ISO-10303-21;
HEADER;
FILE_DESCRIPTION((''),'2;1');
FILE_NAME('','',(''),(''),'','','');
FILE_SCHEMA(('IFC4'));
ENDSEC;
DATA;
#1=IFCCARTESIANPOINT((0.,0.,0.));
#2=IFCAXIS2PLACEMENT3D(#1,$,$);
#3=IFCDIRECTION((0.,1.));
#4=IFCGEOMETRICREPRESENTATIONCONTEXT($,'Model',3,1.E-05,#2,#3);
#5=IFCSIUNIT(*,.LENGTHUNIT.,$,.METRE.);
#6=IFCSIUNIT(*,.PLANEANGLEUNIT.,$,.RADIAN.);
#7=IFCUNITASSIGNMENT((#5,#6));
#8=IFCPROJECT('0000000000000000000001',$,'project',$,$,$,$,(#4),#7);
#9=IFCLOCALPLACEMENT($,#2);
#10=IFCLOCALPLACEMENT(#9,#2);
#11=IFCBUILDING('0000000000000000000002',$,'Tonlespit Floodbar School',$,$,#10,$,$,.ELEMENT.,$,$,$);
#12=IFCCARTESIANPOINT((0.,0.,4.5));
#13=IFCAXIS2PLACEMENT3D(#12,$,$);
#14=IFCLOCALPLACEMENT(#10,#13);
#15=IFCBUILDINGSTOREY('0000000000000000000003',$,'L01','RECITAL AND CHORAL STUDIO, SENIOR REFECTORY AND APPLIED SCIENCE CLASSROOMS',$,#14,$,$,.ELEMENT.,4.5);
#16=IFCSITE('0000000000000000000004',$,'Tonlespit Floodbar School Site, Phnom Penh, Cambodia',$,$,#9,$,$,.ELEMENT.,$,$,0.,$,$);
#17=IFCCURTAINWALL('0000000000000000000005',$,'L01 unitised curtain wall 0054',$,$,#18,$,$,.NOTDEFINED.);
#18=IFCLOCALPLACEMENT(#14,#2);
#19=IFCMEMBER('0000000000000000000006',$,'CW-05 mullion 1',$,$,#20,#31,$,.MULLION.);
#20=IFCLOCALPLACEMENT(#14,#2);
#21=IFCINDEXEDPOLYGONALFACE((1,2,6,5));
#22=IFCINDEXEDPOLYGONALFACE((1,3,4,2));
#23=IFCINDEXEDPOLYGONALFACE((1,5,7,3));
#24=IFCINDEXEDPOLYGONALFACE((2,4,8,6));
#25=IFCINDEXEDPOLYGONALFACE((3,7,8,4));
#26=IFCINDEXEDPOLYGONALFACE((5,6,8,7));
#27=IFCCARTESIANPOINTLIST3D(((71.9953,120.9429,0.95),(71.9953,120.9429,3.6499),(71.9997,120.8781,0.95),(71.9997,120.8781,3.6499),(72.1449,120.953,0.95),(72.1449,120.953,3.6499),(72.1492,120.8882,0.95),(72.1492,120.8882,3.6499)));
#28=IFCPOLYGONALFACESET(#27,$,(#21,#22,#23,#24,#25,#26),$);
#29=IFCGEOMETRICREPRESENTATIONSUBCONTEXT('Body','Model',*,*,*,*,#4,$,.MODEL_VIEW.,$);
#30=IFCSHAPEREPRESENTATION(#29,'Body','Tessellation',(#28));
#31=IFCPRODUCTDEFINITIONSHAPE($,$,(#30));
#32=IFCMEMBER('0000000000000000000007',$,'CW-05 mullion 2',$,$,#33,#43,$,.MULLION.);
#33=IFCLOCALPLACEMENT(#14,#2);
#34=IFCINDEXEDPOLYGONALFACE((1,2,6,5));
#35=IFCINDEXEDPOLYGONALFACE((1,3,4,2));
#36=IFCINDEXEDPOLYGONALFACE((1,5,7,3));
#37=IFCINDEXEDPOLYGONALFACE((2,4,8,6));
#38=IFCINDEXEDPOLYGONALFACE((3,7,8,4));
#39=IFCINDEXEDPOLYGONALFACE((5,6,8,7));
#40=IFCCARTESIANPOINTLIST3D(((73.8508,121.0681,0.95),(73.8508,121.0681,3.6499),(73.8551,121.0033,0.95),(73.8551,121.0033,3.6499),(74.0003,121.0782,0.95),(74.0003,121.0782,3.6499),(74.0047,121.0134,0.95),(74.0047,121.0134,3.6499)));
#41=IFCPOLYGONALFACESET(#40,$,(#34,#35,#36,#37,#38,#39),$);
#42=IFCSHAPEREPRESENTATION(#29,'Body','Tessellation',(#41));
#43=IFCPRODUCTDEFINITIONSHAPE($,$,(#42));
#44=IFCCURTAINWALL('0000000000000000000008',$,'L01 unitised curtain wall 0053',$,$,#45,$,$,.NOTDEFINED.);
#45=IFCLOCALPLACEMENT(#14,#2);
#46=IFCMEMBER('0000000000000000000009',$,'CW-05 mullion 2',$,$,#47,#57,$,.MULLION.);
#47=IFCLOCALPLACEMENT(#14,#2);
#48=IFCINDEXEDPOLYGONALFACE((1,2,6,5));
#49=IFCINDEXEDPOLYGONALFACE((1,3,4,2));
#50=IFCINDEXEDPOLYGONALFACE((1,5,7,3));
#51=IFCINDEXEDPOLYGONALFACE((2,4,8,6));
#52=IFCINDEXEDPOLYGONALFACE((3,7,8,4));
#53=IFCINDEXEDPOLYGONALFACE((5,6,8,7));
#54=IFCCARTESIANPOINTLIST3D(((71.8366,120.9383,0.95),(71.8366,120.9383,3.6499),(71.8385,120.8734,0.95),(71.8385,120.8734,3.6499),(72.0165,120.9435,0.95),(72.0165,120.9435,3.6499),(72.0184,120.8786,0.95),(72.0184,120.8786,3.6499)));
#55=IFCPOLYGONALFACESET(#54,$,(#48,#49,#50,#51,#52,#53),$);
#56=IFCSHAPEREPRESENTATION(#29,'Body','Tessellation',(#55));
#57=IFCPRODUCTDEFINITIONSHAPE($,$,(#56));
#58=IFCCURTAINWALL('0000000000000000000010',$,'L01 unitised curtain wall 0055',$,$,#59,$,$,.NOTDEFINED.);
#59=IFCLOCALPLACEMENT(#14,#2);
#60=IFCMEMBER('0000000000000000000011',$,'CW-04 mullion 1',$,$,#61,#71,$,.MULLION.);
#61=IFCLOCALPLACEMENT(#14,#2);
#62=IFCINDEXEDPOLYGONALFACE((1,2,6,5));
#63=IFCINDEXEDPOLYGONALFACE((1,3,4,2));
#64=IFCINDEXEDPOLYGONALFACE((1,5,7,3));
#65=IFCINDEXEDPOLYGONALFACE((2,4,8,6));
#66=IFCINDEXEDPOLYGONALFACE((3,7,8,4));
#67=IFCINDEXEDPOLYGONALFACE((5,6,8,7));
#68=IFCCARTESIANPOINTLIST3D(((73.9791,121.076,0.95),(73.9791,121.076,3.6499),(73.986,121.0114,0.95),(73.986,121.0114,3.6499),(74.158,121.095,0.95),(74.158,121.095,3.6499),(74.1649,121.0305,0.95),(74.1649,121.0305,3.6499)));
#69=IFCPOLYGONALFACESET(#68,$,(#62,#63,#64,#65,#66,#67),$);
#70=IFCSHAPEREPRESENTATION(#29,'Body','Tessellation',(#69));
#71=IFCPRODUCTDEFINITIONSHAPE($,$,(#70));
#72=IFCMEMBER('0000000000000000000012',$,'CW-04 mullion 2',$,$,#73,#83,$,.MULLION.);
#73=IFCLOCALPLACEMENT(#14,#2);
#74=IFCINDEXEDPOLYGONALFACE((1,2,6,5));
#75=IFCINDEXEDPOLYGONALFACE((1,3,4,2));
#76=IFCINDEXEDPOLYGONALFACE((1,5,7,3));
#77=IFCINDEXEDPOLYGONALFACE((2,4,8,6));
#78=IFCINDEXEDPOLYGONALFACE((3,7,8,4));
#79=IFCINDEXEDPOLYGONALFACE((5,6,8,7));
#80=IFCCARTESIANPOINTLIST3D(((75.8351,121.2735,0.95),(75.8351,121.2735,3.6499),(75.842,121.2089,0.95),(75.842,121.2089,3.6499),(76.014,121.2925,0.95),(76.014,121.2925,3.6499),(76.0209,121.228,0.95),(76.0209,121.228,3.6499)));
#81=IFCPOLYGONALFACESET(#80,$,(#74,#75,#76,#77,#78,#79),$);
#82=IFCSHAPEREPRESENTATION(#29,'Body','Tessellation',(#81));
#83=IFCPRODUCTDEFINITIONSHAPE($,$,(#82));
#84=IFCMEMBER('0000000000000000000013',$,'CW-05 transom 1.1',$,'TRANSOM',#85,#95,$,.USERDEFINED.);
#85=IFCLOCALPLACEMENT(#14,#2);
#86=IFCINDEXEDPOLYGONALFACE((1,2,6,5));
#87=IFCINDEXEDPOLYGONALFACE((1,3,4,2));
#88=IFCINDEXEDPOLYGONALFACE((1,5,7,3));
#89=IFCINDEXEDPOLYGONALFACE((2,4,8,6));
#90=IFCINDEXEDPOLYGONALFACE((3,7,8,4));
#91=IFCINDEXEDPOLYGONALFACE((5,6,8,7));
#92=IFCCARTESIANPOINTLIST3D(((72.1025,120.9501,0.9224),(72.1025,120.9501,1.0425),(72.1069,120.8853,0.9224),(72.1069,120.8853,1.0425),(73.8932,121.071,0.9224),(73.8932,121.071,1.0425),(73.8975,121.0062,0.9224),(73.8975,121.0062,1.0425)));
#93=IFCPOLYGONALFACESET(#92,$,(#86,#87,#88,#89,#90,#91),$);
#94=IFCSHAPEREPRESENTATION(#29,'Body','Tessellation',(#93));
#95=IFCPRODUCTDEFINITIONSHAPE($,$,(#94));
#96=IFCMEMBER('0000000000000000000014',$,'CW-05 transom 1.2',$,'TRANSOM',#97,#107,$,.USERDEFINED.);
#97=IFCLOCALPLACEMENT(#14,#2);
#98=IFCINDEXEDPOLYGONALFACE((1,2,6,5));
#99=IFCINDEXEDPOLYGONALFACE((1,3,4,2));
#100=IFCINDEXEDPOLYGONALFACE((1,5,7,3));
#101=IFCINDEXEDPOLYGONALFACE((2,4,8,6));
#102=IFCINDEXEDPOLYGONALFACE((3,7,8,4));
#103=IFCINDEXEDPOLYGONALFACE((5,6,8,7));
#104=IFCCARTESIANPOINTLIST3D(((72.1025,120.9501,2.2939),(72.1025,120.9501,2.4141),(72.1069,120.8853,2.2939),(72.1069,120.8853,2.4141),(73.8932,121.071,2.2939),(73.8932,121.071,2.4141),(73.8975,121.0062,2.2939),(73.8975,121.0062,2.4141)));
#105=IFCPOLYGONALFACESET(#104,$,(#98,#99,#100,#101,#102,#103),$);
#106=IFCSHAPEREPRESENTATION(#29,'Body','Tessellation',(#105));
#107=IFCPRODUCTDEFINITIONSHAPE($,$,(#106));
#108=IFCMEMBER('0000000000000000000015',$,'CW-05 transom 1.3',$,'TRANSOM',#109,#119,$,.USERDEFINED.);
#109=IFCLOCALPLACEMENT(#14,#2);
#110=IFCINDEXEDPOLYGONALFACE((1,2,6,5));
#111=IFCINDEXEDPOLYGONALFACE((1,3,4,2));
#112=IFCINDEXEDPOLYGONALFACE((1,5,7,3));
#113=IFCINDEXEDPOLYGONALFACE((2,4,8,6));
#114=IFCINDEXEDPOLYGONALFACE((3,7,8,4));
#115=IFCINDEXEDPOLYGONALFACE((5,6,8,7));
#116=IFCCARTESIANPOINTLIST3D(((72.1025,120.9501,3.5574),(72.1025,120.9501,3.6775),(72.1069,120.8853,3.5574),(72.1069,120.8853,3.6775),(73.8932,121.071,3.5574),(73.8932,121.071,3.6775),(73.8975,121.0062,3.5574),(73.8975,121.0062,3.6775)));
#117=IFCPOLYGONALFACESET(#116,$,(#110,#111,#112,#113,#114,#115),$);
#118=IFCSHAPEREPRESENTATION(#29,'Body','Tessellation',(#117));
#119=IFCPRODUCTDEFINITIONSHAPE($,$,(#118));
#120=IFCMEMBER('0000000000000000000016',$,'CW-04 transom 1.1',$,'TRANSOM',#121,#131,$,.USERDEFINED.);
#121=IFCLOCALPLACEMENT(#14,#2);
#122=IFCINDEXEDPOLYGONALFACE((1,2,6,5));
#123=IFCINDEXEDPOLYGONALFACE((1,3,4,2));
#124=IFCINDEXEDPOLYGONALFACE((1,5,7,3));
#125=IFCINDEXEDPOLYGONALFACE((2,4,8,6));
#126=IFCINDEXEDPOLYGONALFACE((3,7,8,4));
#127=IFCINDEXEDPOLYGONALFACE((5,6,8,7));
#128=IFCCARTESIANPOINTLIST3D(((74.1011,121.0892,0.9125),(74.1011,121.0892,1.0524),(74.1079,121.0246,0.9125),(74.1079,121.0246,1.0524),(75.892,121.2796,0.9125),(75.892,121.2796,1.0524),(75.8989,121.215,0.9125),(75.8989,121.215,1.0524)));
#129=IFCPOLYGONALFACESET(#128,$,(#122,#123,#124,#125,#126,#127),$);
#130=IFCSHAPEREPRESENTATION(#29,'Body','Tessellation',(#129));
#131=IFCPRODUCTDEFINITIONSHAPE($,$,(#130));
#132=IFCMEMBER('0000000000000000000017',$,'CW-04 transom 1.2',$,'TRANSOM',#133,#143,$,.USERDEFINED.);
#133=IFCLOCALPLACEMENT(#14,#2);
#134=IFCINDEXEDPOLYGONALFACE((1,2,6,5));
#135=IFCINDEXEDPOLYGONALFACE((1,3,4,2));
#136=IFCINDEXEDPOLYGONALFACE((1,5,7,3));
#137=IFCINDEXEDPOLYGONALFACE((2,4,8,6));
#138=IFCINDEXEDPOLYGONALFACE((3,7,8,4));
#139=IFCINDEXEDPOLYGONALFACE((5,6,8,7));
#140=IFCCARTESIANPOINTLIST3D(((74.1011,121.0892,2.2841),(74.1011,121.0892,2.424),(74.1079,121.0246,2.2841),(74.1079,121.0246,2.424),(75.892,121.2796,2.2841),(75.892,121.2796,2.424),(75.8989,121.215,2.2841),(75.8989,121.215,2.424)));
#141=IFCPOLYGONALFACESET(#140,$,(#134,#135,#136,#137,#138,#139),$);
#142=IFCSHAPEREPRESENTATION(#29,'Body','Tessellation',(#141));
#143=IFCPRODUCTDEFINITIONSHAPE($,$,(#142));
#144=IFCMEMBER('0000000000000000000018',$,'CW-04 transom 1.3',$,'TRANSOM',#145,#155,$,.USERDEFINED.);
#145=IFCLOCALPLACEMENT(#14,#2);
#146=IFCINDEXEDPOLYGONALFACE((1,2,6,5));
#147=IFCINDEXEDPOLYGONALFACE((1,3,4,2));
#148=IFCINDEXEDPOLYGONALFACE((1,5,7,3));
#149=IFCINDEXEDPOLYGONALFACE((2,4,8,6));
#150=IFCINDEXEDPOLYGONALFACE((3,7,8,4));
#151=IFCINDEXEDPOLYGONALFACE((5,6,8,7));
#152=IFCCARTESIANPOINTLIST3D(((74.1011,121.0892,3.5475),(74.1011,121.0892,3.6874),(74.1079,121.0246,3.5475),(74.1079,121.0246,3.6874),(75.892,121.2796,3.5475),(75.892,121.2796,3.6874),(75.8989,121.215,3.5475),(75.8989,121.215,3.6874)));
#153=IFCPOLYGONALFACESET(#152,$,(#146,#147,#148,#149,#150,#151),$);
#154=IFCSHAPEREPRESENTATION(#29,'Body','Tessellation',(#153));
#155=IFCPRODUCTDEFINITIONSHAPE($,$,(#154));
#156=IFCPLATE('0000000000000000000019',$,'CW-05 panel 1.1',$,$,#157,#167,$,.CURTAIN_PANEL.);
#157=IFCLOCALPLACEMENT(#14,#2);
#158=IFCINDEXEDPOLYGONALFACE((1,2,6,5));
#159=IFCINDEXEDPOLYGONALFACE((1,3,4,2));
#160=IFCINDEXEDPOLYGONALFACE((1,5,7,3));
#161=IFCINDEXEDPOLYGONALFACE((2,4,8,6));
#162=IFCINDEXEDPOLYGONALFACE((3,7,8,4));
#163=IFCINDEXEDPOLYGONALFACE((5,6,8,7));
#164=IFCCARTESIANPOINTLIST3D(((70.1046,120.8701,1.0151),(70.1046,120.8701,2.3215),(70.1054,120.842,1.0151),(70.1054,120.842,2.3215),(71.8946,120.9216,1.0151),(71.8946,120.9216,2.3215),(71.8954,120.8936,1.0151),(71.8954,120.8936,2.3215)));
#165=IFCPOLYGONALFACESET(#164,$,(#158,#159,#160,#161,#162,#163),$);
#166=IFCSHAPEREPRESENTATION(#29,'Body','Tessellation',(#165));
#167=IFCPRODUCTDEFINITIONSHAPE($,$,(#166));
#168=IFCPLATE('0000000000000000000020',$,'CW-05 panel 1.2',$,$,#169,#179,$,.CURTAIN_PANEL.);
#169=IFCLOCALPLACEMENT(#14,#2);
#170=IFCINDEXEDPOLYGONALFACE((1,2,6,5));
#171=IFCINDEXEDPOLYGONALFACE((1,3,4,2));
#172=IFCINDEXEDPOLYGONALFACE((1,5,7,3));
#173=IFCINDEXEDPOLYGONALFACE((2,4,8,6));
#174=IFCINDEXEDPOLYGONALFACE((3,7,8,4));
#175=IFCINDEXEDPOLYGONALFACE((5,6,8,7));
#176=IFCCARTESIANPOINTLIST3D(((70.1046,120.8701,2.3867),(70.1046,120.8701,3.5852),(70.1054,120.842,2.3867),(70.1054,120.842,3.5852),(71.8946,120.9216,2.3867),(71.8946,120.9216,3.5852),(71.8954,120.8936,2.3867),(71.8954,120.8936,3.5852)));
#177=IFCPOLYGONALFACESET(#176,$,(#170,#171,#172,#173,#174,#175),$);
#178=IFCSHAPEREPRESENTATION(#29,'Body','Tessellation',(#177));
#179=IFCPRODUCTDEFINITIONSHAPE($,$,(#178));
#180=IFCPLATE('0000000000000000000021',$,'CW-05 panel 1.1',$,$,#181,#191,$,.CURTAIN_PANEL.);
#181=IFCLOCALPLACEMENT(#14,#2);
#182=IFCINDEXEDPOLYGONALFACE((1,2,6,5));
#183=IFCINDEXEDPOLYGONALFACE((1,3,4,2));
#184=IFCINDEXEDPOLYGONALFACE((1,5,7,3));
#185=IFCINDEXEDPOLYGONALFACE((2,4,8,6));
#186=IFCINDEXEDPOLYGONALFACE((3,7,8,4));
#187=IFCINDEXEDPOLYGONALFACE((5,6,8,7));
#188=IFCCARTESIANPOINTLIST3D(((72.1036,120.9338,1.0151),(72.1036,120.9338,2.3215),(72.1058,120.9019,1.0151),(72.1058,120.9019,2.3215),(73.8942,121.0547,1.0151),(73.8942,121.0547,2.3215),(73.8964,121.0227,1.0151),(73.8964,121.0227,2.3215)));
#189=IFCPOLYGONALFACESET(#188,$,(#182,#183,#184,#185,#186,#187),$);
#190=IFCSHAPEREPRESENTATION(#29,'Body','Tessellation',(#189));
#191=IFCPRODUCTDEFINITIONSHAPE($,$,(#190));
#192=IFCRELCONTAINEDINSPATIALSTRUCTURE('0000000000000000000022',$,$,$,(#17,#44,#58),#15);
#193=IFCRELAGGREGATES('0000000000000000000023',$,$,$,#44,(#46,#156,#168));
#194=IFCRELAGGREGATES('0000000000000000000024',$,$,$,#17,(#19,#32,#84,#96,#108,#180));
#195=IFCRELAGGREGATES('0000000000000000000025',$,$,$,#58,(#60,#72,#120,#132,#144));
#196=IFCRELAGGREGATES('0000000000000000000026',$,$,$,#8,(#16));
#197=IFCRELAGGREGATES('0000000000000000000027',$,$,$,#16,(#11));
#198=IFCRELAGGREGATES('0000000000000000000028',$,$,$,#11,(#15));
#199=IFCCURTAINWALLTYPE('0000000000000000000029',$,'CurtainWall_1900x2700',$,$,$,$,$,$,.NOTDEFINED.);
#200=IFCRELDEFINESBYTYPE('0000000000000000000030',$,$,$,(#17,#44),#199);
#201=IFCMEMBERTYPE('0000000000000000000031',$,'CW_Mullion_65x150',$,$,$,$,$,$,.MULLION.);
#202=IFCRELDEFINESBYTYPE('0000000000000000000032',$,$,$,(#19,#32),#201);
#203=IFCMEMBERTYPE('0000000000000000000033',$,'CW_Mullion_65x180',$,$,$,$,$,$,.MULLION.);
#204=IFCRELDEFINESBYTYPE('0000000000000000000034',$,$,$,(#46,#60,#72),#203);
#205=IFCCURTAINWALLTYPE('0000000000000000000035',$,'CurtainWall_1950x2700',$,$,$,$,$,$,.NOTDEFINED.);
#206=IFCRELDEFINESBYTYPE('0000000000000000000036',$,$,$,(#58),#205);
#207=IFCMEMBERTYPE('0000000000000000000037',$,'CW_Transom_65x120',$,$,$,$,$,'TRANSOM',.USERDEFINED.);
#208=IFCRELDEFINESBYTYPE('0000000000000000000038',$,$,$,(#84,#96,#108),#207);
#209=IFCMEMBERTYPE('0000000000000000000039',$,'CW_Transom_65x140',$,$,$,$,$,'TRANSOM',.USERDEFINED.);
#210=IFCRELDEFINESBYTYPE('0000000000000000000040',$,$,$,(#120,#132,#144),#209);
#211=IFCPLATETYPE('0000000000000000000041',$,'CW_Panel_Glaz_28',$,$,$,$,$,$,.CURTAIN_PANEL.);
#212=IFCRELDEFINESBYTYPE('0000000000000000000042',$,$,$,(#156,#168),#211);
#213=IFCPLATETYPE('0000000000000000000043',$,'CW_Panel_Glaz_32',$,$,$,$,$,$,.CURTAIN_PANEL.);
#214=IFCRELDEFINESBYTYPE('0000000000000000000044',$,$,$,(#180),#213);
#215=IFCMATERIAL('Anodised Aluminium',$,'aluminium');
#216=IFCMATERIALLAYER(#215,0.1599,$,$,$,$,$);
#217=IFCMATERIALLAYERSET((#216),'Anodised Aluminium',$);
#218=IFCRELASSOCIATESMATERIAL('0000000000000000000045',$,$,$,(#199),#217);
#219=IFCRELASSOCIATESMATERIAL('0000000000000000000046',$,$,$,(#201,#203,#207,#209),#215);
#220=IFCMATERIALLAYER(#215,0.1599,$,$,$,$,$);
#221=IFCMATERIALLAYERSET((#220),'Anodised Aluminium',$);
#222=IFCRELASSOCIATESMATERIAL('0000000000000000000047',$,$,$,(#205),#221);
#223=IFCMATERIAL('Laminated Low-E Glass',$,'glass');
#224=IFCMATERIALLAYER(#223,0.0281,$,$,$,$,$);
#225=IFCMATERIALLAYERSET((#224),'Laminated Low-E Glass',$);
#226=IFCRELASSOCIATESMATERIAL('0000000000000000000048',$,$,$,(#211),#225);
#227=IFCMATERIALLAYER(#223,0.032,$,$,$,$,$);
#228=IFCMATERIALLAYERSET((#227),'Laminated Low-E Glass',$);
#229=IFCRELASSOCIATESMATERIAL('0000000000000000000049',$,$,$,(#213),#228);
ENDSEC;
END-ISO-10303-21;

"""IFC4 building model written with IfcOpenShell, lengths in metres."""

from ifc_helpers import new_model, si_unit, direction, frame, origin, origin_2d, place, context, subcontext, project, spatial, rectangle, extrude, material, layer, layer_set, material_profile, profile_set, type_object, element, aggregate, save


model = new_model("IFC4")

# Units and contexts
model_context = context("Model", 3, precision=1e-05, world=origin(), true_north=direction((0.0, 1.0)))
body_context = subcontext(model_context, "Body", "Model", "MODEL_VIEW")
ifc_project = project(units=[si_unit("LENGTHUNIT", "METRE"), si_unit("PLANEANGLEUNIT", "RADIAN")], contexts=[model_context])

# Site, building, storey
site_placement = place(None, origin())
site = spatial("IfcSite", under=ifc_project, at=site_placement, Name="Tonlespit Floodbar School Site, Phnom Penh, Cambodia", CompositionType="ELEMENT", RefElevation=0.0)
building_placement = place(site_placement, origin())
building = spatial("IfcBuilding", under=site, at=building_placement, Name="Tonlespit Floodbar School", CompositionType="ELEMENT")
storey_placement = place(building_placement, frame((0.0, 0.0, 4.5)))
storey = spatial("IfcBuildingStorey", under=building, at=storey_placement, Name="L01", Description="RECITAL AND CHORAL STUDIO, SENIOR REFECTORY AND APPLIED SCIENCE CLASSROOMS", CompositionType="ELEMENT", Elevation=4.5)

# Curtain wall, members
ifc_material_1 = material(Name="Anodised Aluminium", Category="aluminium")
ifc_layer_1 = layer(ifc_material_1, 0.1599)
ifc_layer_set_1 = layer_set([ifc_layer_1], Name="Anodised Aluminium")
curtain_wall_type_1 = type_object("IfcCurtainWallType", Name="CurtainWall_1900x2700", PredefinedType="NOTDEFINED", material=ifc_layer_set_1)
curtain_wall_1_placement = place(storey_placement, origin())
curtain_wall_1 = element("IfcCurtainWall", 1, at=curtain_wall_1_placement, inside=storey, type_object=curtain_wall_type_1, Name="L01 unitised curtain wall 0054", PredefinedType="NOTDEFINED")
ifc_material_profile_1 = material_profile(ifc_material_1, rectangle(XDim=0.0649, YDim=0.1499, at=origin_2d()), Name="ALU M65x150")
ifc_profile_set_1 = profile_set([ifc_material_profile_1], Name="Anodised Aluminium")
member_type_1 = type_object("IfcMemberType", Name="CW_Mullion_65x150", PredefinedType="MULLION", material=ifc_profile_set_1)
member_1_placement = place(storey_placement, frame((72.0723, 120.9155, 0.95), z_axis=(0.0, 0.0, 1.0), x_axis=(-0.06734, 0.99773, 0.0)))
member_1 = element("IfcMember", 2, at=member_1_placement, type_object=member_type_1, Name="CW-05 mullion 1", PredefinedType="MULLION", context=body_context, shape_type="SweptSolid", body=[
    extrude(rectangle(XDim=0.0649, YDim=0.1499, at=origin_2d()), origin(), (0.0, 0.0, 1.0), 2.7),
])
member_2_placement = place(storey_placement, frame((73.9277, 121.0408, 0.95), z_axis=(0.0, 0.0, 1.0), x_axis=(-0.06734, 0.99773, 0.0)))
member_2 = element("IfcMember", 3, at=member_2_placement, type_object=member_type_1, Name="CW-05 mullion 2", PredefinedType="MULLION", context=body_context, shape_type="SweptSolid", body=[
    extrude(rectangle(XDim=0.0649, YDim=0.1499, at=origin_2d()), origin(), (0.0, 0.0, 1.0), 2.7),
])

# Curtain wall, member
curtain_wall_2_placement = place(storey_placement, origin())
curtain_wall_2 = element("IfcCurtainWall", 4, at=curtain_wall_2_placement, inside=storey, type_object=curtain_wall_type_1, Name="L01 unitised curtain wall 0053", PredefinedType="NOTDEFINED")
ifc_material_profile_2 = material_profile(ifc_material_1, rectangle(XDim=0.0649, YDim=0.1799, at=origin_2d()), Name="ALU M65x180")
ifc_profile_set_2 = profile_set([ifc_material_profile_2], Name="Anodised Aluminium")
member_type_2 = type_object("IfcMemberType", Name="CW_Mullion_65x180", PredefinedType="MULLION", material=ifc_profile_set_2)
member_3_placement = place(storey_placement, frame((71.9275, 120.9084, 0.95), z_axis=(0.0, 0.0, 1.0), x_axis=(-0.02879, 0.999585, 0.0)))
member_3 = element("IfcMember", 5, at=member_3_placement, type_object=member_type_2, Name="CW-05 mullion 2", PredefinedType="MULLION", context=body_context, shape_type="SweptSolid", body=[
    extrude(rectangle(XDim=0.0649, YDim=0.1799, at=origin_2d()), origin(), (0.0, 0.0, 1.0), 2.7),
])

# Curtain wall, members
ifc_layer_2 = layer(ifc_material_1, 0.1599)
ifc_layer_set_2 = layer_set([ifc_layer_2], Name="Anodised Aluminium")
curtain_wall_type_2 = type_object("IfcCurtainWallType", Name="CurtainWall_1950x2700", PredefinedType="NOTDEFINED", material=ifc_layer_set_2)
curtain_wall_3_placement = place(storey_placement, origin())
curtain_wall_3 = element("IfcCurtainWall", 6, at=curtain_wall_3_placement, inside=storey, type_object=curtain_wall_type_2, Name="L01 unitised curtain wall 0055", PredefinedType="NOTDEFINED")
member_4_placement = place(storey_placement, frame((74.072, 121.0532, 0.95), z_axis=(0.0, 0.0, 1.0), x_axis=(-0.105787, 0.994389, 0.0)))
member_4 = element("IfcMember", 7, at=member_4_placement, type_object=member_type_2, Name="CW-04 mullion 1", PredefinedType="MULLION", context=body_context, shape_type="SweptSolid", body=[
    extrude(rectangle(XDim=0.0649, YDim=0.1799, at=origin_2d()), origin(), (0.0, 0.0, 1.0), 2.7),
])
member_5_placement = place(storey_placement, frame((75.928, 121.2507, 0.95), z_axis=(0.0, 0.0, 1.0), x_axis=(-0.105787, 0.994389, 0.0)))
member_5 = element("IfcMember", 8, at=member_5_placement, type_object=member_type_2, Name="CW-04 mullion 2", PredefinedType="MULLION", context=body_context, shape_type="SweptSolid", body=[
    extrude(rectangle(XDim=0.0649, YDim=0.1799, at=origin_2d()), origin(), (0.0, 0.0, 1.0), 2.7),
])

# Members
ifc_material_profile_3 = material_profile(ifc_material_1, rectangle(XDim=0.0649, YDim=0.1201, at=origin_2d()), Name="ALU T65x120")
ifc_profile_set_3 = profile_set([ifc_material_profile_3], Name="Anodised Aluminium")
member_type_3 = type_object("IfcMemberType", Name="CW_Transom_65x120", ElementType="TRANSOM", PredefinedType="USERDEFINED", material=ifc_profile_set_3)
member_6_placement = place(storey_placement, frame((72.1047, 120.9177, 0.9824), z_axis=(0.99773, 0.067341, 0.0), x_axis=(-0.067341, 0.99773, 0.0)))
member_6 = element("IfcMember", 9, at=member_6_placement, type_object=member_type_3, Name="CW-05 transom 1.1", ObjectType="TRANSOM", PredefinedType="USERDEFINED", context=body_context, shape_type="SweptSolid", body=[
    extrude(rectangle(XDim=0.0649, YDim=0.1201, at=origin_2d()), origin(), (0.0, 0.0, 1.0), 1.7947),
])
member_7_placement = place(storey_placement, frame((72.1047, 120.9177, 2.354), z_axis=(0.99773, 0.067341, 0.0), x_axis=(-0.067341, 0.99773, 0.0)))
member_7 = element("IfcMember", 10, at=member_7_placement, type_object=member_type_3, Name="CW-05 transom 1.2", ObjectType="TRANSOM", PredefinedType="USERDEFINED", context=body_context, shape_type="SweptSolid", body=[
    extrude(rectangle(XDim=0.0649, YDim=0.1201, at=origin_2d()), origin(), (0.0, 0.0, 1.0), 1.7947),
])
member_8_placement = place(storey_placement, frame((72.1047, 120.9177, 3.6174), z_axis=(0.99773, 0.067341, 0.0), x_axis=(-0.067341, 0.99773, 0.0)))
member_8 = element("IfcMember", 11, at=member_8_placement, type_object=member_type_3, Name="CW-05 transom 1.3", ObjectType="TRANSOM", PredefinedType="USERDEFINED", context=body_context, shape_type="SweptSolid", body=[
    extrude(rectangle(XDim=0.0649, YDim=0.1201, at=origin_2d()), origin(), (0.0, 0.0, 1.0), 1.7947),
])
ifc_material_profile_4 = material_profile(ifc_material_1, rectangle(XDim=0.0649, YDim=0.1399, at=origin_2d()), Name="ALU T65x140")
ifc_profile_set_4 = profile_set([ifc_material_profile_4], Name="Anodised Aluminium")
member_type_4 = type_object("IfcMemberType", Name="CW_Transom_65x140", ElementType="TRANSOM", PredefinedType="USERDEFINED", material=ifc_profile_set_4)
member_9_placement = place(storey_placement, frame((74.1045, 121.0569, 0.9824), z_axis=(0.994395, 0.105729, 0.0), x_axis=(-0.105729, 0.994395, 0.0)))
member_9 = element("IfcMember", 12, at=member_9_placement, type_object=member_type_4, Name="CW-04 transom 1.1", ObjectType="TRANSOM", PredefinedType="USERDEFINED", context=body_context, shape_type="SweptSolid", body=[
    extrude(rectangle(XDim=0.0649, YDim=0.1399, at=origin_2d()), origin(), (0.0, 0.0, 1.0), 1.801),
])
member_10_placement = place(storey_placement, frame((74.1045, 121.0569, 2.354), z_axis=(0.994395, 0.105729, 0.0), x_axis=(-0.105729, 0.994395, 0.0)))
member_10 = element("IfcMember", 13, at=member_10_placement, type_object=member_type_4, Name="CW-04 transom 1.2", ObjectType="TRANSOM", PredefinedType="USERDEFINED", context=body_context, shape_type="SweptSolid", body=[
    extrude(rectangle(XDim=0.0649, YDim=0.1399, at=origin_2d()), origin(), (0.0, 0.0, 1.0), 1.801),
])
member_11_placement = place(storey_placement, frame((74.1045, 121.0569, 3.6174), z_axis=(0.994395, 0.105729, 0.0), x_axis=(-0.105729, 0.994395, 0.0)))
member_11 = element("IfcMember", 14, at=member_11_placement, type_object=member_type_4, Name="CW-04 transom 1.3", ObjectType="TRANSOM", PredefinedType="USERDEFINED", context=body_context, shape_type="SweptSolid", body=[
    extrude(rectangle(XDim=0.0649, YDim=0.1399, at=origin_2d()), origin(), (0.0, 0.0, 1.0), 1.801),
])

# Plates
ifc_material_2 = material(Name="Laminated Low-E Glass", Category="glass")
ifc_layer_3 = layer(ifc_material_2, 0.0281)
ifc_layer_set_3 = layer_set([ifc_layer_3], Name="Laminated Low-E Glass")
plate_type_1 = type_object("IfcPlateType", Name="CW_Panel_Glaz_28", PredefinedType="CURTAIN_PANEL", material=ifc_layer_set_3)
plate_1_placement = place(storey_placement, frame((71.0, 120.8818, 1.0151), z_axis=(0.0, 0.0, 1.0), x_axis=(0.999585, 0.02879, 0.0)))
plate_1 = element("IfcPlate", 15, at=plate_1_placement, type_object=plate_type_1, Name="CW-05 panel 1.1", PredefinedType="CURTAIN_PANEL", context=body_context, shape_type="SweptSolid", body=[
    extrude(rectangle(XDim=1.7908, YDim=0.0281, at=origin_2d()), origin(), (0.0, 0.0, 1.0), 1.3064),
])
plate_2_placement = place(storey_placement, frame((71.0, 120.8818, 2.3867), z_axis=(0.0, 0.0, 1.0), x_axis=(0.999585, 0.02879, 0.0)))
plate_2 = element("IfcPlate", 16, at=plate_2_placement, type_object=plate_type_1, Name="CW-05 panel 1.2", PredefinedType="CURTAIN_PANEL", context=body_context, shape_type="SweptSolid", body=[
    extrude(rectangle(XDim=1.7908, YDim=0.0281, at=origin_2d()), origin(), (0.0, 0.0, 1.0), 1.1985),
])
aggregate(curtain_wall_2, [member_3, plate_1, plate_2])
ifc_layer_4 = layer(ifc_material_2, 0.032)
ifc_layer_set_4 = layer_set([ifc_layer_4], Name="Laminated Low-E Glass")
plate_type_2 = type_object("IfcPlateType", Name="CW_Panel_Glaz_32", PredefinedType="CURTAIN_PANEL", material=ifc_layer_set_4)
plate_3_placement = place(storey_placement, frame((73.0, 120.9783, 1.0151), z_axis=(0.0, 0.0, 1.0), x_axis=(0.99773, 0.06734, 0.0)))
plate_3 = element("IfcPlate", 17, at=plate_3_placement, type_object=plate_type_2, Name="CW-05 panel 1.1", PredefinedType="CURTAIN_PANEL", context=body_context, shape_type="SweptSolid", body=[
    extrude(rectangle(XDim=1.7947, YDim=0.032, at=origin_2d()), origin(), (0.0, 0.0, 1.0), 1.3064),
])
aggregate(curtain_wall_1, [member_1, member_2, member_6, member_7, member_8, plate_3])
aggregate(curtain_wall_3, [member_4, member_5, member_9, member_10, member_11])

save(model, "model.ifc")
